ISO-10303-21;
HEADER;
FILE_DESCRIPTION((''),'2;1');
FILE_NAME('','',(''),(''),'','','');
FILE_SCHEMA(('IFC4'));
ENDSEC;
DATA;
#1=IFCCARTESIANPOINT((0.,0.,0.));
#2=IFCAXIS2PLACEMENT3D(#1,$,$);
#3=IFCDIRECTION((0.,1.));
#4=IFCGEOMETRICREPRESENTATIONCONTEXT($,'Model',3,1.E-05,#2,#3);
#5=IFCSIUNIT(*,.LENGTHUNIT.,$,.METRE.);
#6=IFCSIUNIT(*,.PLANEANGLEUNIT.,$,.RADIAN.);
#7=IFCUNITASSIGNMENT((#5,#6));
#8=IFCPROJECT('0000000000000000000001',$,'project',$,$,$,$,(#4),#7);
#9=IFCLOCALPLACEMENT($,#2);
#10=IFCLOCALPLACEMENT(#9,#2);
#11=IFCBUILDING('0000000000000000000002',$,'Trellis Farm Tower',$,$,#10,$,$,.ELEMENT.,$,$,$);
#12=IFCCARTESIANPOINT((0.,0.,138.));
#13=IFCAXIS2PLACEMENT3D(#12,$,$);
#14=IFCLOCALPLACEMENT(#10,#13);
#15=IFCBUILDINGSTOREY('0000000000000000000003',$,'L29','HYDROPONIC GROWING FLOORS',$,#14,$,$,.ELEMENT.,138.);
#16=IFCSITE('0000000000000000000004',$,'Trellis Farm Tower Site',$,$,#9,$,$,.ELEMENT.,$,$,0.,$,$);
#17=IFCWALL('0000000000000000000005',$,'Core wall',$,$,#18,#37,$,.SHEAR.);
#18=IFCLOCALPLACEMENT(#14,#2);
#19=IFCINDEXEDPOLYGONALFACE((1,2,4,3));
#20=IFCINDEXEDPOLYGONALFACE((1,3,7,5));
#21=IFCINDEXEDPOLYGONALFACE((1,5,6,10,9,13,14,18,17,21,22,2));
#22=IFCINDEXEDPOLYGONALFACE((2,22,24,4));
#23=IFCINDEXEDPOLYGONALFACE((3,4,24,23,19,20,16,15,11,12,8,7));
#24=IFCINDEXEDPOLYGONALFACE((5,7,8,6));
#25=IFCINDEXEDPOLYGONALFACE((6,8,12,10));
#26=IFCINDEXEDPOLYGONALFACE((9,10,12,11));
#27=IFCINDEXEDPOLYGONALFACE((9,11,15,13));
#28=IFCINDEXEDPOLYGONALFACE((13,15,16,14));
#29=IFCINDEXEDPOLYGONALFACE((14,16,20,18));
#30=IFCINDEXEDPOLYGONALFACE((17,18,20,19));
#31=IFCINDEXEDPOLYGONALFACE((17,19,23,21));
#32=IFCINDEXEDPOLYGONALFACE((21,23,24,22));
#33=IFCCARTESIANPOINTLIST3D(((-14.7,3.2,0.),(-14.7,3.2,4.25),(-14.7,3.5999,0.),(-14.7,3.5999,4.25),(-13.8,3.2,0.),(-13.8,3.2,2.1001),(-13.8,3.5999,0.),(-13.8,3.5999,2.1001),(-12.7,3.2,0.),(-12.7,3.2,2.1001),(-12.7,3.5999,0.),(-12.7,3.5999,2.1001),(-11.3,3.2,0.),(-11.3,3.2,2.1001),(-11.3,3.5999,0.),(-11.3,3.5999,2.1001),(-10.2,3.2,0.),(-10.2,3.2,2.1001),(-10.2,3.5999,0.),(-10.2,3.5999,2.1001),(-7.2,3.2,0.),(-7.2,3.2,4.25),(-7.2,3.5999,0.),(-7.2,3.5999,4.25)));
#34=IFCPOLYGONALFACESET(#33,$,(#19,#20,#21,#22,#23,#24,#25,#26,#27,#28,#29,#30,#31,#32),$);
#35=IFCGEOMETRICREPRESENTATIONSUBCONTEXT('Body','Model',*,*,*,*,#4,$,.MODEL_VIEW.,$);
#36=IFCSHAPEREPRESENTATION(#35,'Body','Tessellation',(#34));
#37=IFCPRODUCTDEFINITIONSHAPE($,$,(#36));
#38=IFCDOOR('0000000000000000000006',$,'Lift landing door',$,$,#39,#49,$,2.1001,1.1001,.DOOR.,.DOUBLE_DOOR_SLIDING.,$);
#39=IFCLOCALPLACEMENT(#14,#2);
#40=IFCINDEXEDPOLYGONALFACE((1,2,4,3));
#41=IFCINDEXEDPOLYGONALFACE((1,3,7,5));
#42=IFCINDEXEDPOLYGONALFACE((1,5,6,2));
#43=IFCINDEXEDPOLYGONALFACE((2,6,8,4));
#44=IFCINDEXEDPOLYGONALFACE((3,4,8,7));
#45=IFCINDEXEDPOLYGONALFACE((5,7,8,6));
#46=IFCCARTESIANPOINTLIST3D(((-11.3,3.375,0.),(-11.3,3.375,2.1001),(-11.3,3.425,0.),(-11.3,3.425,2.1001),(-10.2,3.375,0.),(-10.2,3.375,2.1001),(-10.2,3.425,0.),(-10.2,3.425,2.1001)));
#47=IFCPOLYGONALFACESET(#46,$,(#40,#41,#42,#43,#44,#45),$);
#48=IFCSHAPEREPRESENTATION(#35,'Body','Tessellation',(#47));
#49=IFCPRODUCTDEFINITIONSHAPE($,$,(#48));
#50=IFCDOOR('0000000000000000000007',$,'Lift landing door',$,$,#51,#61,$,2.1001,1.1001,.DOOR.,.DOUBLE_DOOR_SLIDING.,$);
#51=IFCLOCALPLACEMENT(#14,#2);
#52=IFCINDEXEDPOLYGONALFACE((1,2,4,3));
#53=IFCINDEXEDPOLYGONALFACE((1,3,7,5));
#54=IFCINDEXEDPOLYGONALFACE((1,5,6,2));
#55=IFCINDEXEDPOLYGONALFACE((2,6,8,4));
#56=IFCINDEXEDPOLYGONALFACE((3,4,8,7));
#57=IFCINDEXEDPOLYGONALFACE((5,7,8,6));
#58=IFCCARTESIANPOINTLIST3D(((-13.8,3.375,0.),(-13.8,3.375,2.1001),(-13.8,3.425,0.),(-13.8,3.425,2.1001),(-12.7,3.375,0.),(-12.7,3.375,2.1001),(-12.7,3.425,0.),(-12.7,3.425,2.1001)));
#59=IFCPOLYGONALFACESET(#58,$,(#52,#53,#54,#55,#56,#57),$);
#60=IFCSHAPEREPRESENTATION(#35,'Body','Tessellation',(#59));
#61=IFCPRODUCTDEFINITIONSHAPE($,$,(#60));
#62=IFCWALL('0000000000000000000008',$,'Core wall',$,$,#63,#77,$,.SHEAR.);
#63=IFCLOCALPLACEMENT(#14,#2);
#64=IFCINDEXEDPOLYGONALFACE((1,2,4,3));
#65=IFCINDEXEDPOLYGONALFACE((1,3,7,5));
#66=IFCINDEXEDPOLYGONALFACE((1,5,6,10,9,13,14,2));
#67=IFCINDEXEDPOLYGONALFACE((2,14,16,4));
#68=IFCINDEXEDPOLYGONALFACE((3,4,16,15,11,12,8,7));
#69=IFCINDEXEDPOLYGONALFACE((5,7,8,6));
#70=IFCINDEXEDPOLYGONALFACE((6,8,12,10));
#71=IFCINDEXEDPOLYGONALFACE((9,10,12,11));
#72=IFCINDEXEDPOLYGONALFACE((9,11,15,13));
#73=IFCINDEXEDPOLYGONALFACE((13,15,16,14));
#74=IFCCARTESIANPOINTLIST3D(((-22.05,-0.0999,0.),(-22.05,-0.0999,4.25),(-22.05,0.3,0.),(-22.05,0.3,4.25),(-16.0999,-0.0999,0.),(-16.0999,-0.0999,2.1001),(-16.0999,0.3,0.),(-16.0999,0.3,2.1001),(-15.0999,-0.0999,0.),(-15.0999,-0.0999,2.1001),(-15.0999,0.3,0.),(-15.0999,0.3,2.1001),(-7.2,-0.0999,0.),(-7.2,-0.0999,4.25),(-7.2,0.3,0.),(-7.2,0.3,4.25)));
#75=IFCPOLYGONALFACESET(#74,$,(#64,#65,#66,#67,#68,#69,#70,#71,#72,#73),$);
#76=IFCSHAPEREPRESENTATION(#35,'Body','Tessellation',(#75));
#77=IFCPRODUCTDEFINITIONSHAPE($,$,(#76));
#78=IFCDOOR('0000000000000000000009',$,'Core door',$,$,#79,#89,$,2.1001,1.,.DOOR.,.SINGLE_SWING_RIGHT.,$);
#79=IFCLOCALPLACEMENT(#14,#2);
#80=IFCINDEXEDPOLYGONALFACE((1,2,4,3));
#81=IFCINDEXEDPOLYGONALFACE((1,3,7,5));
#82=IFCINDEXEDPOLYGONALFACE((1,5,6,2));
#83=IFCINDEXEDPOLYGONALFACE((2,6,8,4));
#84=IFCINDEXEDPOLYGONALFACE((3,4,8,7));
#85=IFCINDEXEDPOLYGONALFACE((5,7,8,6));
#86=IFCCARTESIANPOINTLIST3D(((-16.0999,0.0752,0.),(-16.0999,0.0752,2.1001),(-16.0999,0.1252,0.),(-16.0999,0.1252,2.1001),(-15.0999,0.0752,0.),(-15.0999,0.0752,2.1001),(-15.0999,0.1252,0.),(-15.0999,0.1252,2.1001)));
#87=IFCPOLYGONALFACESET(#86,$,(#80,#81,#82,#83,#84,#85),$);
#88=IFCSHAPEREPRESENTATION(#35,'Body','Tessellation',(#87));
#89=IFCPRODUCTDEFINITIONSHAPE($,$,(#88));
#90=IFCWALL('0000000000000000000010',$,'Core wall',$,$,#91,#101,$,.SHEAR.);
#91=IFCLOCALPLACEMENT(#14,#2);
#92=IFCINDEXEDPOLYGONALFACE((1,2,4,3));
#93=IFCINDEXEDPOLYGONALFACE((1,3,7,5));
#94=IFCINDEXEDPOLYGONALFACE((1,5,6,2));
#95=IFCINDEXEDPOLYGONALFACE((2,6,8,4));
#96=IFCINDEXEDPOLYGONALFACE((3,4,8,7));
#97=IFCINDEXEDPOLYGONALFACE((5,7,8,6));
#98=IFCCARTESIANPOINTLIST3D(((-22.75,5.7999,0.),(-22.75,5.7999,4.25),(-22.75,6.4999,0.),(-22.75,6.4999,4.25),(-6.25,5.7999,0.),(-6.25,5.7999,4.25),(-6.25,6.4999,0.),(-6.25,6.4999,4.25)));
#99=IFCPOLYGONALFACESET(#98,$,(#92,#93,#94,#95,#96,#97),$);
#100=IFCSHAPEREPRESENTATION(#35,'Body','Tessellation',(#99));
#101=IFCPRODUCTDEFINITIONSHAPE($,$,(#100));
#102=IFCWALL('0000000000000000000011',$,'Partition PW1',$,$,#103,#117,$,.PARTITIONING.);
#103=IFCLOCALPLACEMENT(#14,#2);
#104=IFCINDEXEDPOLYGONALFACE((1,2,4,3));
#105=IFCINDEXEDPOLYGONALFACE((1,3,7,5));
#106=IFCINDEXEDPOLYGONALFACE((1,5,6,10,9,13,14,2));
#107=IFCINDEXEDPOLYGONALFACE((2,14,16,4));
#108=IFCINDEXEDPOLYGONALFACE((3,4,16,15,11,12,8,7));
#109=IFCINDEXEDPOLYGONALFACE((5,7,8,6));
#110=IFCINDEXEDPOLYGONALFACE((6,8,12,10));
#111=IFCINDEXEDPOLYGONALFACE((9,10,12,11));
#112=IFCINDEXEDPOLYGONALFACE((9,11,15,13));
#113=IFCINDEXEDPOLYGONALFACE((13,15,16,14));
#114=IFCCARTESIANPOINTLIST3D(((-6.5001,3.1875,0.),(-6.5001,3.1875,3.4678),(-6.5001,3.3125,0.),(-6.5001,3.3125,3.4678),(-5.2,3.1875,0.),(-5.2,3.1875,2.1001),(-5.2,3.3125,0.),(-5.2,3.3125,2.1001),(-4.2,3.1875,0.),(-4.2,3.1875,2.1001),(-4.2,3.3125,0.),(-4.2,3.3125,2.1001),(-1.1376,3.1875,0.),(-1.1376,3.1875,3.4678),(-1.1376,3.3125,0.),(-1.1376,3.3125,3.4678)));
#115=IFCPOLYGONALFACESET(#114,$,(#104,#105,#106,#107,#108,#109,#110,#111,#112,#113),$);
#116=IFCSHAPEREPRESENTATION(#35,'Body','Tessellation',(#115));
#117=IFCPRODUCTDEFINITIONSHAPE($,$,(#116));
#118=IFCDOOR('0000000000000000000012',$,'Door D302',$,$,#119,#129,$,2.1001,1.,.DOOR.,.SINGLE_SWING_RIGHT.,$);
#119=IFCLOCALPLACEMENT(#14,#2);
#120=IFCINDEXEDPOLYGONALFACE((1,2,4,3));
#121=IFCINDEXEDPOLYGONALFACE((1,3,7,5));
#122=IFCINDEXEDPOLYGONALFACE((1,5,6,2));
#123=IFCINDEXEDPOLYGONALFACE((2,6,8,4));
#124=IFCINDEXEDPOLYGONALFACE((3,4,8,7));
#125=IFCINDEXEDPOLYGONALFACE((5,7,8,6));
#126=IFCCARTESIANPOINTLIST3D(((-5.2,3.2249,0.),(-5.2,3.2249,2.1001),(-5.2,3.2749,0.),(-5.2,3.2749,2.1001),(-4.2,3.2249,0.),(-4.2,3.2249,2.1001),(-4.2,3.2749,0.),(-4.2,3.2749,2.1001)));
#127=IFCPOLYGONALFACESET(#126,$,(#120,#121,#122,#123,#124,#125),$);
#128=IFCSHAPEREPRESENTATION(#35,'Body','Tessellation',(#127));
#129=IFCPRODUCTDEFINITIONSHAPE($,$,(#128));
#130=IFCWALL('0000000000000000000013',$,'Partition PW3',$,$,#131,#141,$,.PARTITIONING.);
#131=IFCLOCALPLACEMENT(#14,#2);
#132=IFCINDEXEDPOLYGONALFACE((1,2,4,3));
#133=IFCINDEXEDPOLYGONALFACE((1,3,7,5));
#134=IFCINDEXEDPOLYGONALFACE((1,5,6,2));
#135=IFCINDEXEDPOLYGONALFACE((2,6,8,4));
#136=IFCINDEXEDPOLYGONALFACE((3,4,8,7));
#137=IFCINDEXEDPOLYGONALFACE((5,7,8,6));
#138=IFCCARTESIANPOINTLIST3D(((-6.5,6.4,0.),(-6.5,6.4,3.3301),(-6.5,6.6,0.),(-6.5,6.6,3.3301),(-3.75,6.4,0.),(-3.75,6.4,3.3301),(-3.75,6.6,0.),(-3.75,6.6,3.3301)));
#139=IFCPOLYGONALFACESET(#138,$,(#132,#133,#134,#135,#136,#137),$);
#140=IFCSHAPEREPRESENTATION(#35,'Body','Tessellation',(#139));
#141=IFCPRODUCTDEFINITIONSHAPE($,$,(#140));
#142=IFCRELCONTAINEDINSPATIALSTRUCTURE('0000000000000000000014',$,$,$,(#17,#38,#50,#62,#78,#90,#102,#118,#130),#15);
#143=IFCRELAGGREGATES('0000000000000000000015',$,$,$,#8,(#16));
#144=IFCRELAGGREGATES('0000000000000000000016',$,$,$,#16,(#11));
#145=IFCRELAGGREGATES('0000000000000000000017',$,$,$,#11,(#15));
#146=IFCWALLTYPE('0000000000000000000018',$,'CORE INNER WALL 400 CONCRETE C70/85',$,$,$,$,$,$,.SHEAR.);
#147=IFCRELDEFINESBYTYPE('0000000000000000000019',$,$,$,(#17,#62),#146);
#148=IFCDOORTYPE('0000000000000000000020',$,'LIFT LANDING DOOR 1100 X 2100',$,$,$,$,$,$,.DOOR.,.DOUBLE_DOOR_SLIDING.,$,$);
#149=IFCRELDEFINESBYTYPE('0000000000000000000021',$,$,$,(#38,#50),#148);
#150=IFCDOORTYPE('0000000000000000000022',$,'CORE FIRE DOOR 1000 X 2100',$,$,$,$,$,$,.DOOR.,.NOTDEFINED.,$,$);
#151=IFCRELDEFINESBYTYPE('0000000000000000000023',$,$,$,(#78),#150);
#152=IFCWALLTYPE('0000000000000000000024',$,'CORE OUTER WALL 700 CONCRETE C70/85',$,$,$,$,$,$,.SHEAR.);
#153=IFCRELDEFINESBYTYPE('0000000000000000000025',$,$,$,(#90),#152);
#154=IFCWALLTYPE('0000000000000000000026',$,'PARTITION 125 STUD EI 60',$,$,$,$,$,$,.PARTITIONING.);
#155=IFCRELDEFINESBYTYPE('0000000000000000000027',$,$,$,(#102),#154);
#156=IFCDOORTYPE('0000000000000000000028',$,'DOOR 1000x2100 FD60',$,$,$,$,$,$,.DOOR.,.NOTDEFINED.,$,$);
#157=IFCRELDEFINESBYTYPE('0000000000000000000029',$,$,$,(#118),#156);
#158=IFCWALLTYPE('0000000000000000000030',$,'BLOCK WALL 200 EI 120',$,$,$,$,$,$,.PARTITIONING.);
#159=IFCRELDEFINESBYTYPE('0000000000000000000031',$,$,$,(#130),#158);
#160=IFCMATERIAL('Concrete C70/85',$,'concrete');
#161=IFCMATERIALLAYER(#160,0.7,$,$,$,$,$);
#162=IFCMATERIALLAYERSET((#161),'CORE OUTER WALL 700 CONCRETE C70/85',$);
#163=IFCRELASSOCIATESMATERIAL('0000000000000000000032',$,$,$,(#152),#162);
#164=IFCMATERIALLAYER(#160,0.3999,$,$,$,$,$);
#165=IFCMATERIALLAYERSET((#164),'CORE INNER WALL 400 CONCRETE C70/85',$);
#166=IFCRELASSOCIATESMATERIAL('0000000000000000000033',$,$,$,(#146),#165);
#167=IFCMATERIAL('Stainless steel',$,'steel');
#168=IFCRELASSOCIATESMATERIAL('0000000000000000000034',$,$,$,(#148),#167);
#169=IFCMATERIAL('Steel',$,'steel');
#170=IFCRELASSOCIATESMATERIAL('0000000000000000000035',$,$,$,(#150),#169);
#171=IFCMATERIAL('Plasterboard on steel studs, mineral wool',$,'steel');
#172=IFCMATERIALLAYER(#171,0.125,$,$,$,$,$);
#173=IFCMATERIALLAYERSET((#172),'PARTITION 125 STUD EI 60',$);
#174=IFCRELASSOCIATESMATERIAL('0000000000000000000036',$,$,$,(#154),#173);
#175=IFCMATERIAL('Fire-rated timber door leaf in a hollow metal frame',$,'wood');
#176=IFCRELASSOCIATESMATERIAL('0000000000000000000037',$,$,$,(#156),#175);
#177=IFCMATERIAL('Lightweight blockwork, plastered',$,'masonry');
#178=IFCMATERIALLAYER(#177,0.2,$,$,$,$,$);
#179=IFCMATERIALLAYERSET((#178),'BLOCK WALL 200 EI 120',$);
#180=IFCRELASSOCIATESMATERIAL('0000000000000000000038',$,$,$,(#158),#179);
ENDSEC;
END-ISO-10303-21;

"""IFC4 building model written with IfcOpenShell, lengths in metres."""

from ifc_helpers import new_model, si_unit, direction, frame, frame_2d, origin, place, context, subcontext, project, spatial, rectangle, extrude, source, transform, mapped, material, layer, layer_set, type_object, element, fill, save


model = new_model("IFC4")

# Units and contexts
model_context = context("Model", 3, precision=1e-05, world=origin(), true_north=direction((0.0, 1.0)))
body_context = subcontext(model_context, "Body", "Model", "MODEL_VIEW")
ifc_project = project(units=[si_unit("LENGTHUNIT", "METRE"), si_unit("PLANEANGLEUNIT", "RADIAN")], contexts=[model_context])

# Site, building, storey
site_placement = place(None, origin())
site = spatial("IfcSite", under=ifc_project, at=site_placement, Name="Trellis Farm Tower Site", CompositionType="ELEMENT", RefElevation=0.0)
building_placement = place(site_placement, origin())
building = spatial("IfcBuilding", under=site, at=building_placement, Name="Trellis Farm Tower", CompositionType="ELEMENT")
storey_placement = place(building_placement, frame((0.0, 0.0, 138.0)))
storey = spatial("IfcBuildingStorey", under=building, at=storey_placement, Name="L29", Description="HYDROPONIC GROWING FLOORS", CompositionType="ELEMENT", Elevation=138.0)

# Shared definitions
ifc_material_1 = material(Name="Concrete C70/85", Category="concrete")
ifc_layer_1 = layer(ifc_material_1, 0.7)
ifc_layer_set_1 = layer_set([ifc_layer_1], Name="CORE OUTER WALL 700 CONCRETE C70/85")
wall_type_1 = type_object("IfcWallType", Name="CORE OUTER WALL 700 CONCRETE C70/85", PredefinedType="SHEAR", material=ifc_layer_set_1)
ifc_material_2 = material(Name="Steel", Category="steel")

# Shared definitions
ifc_layer_2 = layer(ifc_material_1, 0.3999)
ifc_layer_set_2 = layer_set([ifc_layer_2], Name="CORE INNER WALL 400 CONCRETE C70/85")
wall_type_2 = type_object("IfcWallType", Name="CORE INNER WALL 400 CONCRETE C70/85", PredefinedType="SHEAR", material=ifc_layer_set_2)

# Wall, openings, doors
shared_shape_1 = source(origin(), body_context, "Body", "SweptSolid", [
    extrude(rectangle(XDim=7.5, YDim=0.3999, at=frame_2d((3.75, 0.0))), origin(), (0.0, 0.0, 1.0), 4.25),
])
wall_1_placement = place(storey_placement, frame((-7.2, 3.3999, 0.0), z_axis=(0.0, 0.0, 1.0), x_axis=(-1.0, 0.0, 0.0)))
wall_1 = element("IfcWall", 1, at=wall_1_placement, inside=storey, type_object=wall_type_2, Name="Core wall", PredefinedType="SHEAR", context=body_context, shape_type="MappedRepresentation", body=[
    mapped(shared_shape_1, transform((0.0, 0.0, 0.0))),
])
shared_shape_2 = source(origin(), body_context, "Body", "SweptSolid", [
    extrude(rectangle(XDim=1.1001, YDim=2.1001, at=frame_2d((0.55, 1.05))), frame((0.0, 0.21, 0.0), z_axis=(0.0, -1.0, 0.0), x_axis=(1.0, 0.0, 0.0)), (0.0, 0.0, 1.0), 0.4199),
])
opening_1_placement = place(wall_1_placement, frame((3.0, 0.0, 0.0)))
opening_1 = element("IfcOpeningElement", 2, at=opening_1_placement, cuts=wall_1, PredefinedType="OPENING", context=body_context, shape_type="MappedRepresentation", body=[
    mapped(shared_shape_2, transform((0.0, 0.0, 0.0))),
])
opening_2_placement = place(wall_1_placement, frame((5.5, 0.0, 0.0)))
opening_2 = element("IfcOpeningElement", 3, at=opening_2_placement, cuts=wall_1, PredefinedType="OPENING", context=body_context, shape_type="MappedRepresentation", body=[
    mapped(shared_shape_2, transform((0.0, 0.0, 0.0))),
])
ifc_material_3 = material(Name="Stainless steel", Category="steel")
door_type_1 = type_object("IfcDoorType", Name="LIFT LANDING DOOR 1100 X 2100", OperationType="DOUBLE_DOOR_SLIDING", PredefinedType="DOOR", material=ifc_material_3)
shared_shape_3 = source(origin(), body_context, "Body", "SweptSolid", [
    extrude(rectangle(XDim=1.1001, YDim=2.1001, at=frame_2d((0.55, 1.05))), frame((0.0, 0.0249, 0.0), z_axis=(0.0, -1.0, 0.0), x_axis=(1.0, 0.0, 0.0)), (0.0, 0.0, 1.0), 0.05),
])
door_1_placement = place(opening_1_placement, origin())
door_1 = element("IfcDoor", 4, at=door_1_placement, inside=storey, type_object=door_type_1, Name="Lift landing door", OperationType="DOUBLE_DOOR_SLIDING", OverallHeight=2.1001, OverallWidth=1.1001, PredefinedType="DOOR", context=body_context, shape_type="MappedRepresentation", body=[
    mapped(shared_shape_3, transform((0.0, 0.0, 0.0))),
])
fill(opening_1, door_1)
door_2_placement = place(opening_2_placement, origin())
door_2 = element("IfcDoor", 5, at=door_2_placement, inside=storey, type_object=door_type_1, Name="Lift landing door", OperationType="DOUBLE_DOOR_SLIDING", OverallHeight=2.1001, OverallWidth=1.1001, PredefinedType="DOOR", context=body_context, shape_type="MappedRepresentation", body=[
    mapped(shared_shape_3, transform((0.0, 0.0, 0.0))),
])
fill(opening_2, door_2)

# Wall, opening, door
shared_shape_4 = source(origin(), body_context, "Body", "SweptSolid", [
    extrude(rectangle(XDim=14.8501, YDim=0.3999, at=frame_2d((7.425, 0.0))), origin(), (0.0, 0.0, 1.0), 4.25),
])
wall_2_placement = place(storey_placement, frame((-7.2, 0.1001, 0.0), z_axis=(0.0, 0.0, 1.0), x_axis=(-1.0, 0.0, 0.0)))
wall_2 = element("IfcWall", 6, at=wall_2_placement, inside=storey, type_object=wall_type_2, Name="Core wall", PredefinedType="SHEAR", context=body_context, shape_type="MappedRepresentation", body=[
    mapped(shared_shape_4, transform((0.0, 0.0, 0.0))),
])
shared_shape_5 = source(origin(), body_context, "Body", "SweptSolid", [
    extrude(rectangle(XDim=1.0, YDim=2.1001, at=frame_2d((0.5, 1.05))), frame((0.0, 0.21, 0.0), z_axis=(0.0, -1.0, 0.0), x_axis=(1.0, 0.0, 0.0)), (0.0, 0.0, 1.0), 0.4199),
])
opening_3_placement = place(wall_2_placement, frame((7.8999, 0.0, 0.0)))
opening_3 = element("IfcOpeningElement", 7, at=opening_3_placement, cuts=wall_2, PredefinedType="OPENING", context=body_context, shape_type="MappedRepresentation", body=[
    mapped(shared_shape_5, transform((0.0, 0.0, 0.0))),
])
door_type_2 = type_object("IfcDoorType", Name="CORE FIRE DOOR 1000 X 2100", OperationType="NOTDEFINED", PredefinedType="DOOR", material=ifc_material_2)
shared_shape_6 = source(origin(), body_context, "Body", "SweptSolid", [
    extrude(rectangle(XDim=1.0, YDim=2.1001, at=frame_2d((0.5, 1.05))), frame((0.0, 0.0249, 0.0), z_axis=(0.0, -1.0, 0.0), x_axis=(1.0, 0.0, 0.0)), (0.0, 0.0, 1.0), 0.05),
])
door_3_placement = place(opening_3_placement, origin())
door_3 = element("IfcDoor", 8, at=door_3_placement, inside=storey, type_object=door_type_2, Name="Core door", OperationType="SINGLE_SWING_RIGHT", OverallHeight=2.1001, OverallWidth=1.0, PredefinedType="DOOR", context=body_context, shape_type="MappedRepresentation", body=[
    mapped(shared_shape_6, transform((0.0, 0.0, 0.0))),
])
fill(opening_3, door_3)

# Wall
shared_shape_7 = source(origin(), body_context, "Body", "SweptSolid", [
    extrude(rectangle(XDim=16.5, YDim=0.7, at=frame_2d((8.25, 0.0))), origin(), (0.0, 0.0, 1.0), 4.25),
])
wall_3_placement = place(storey_placement, frame((-6.25, 6.1499, 0.0), z_axis=(0.0, 0.0, 1.0), x_axis=(-1.0, 0.0, 0.0)))
element("IfcWall", 9, at=wall_3_placement, inside=storey, type_object=wall_type_1, Name="Core wall", PredefinedType="SHEAR", context=body_context, shape_type="MappedRepresentation", body=[
    mapped(shared_shape_7, transform((0.0, 0.0, 0.0))),
])

# Wall, opening, door
ifc_material_4 = material(Name="Plasterboard on steel studs, mineral wool", Category="steel")
ifc_layer_3 = layer(ifc_material_4, 0.125)
ifc_layer_set_3 = layer_set([ifc_layer_3], Name="PARTITION 125 STUD EI 60")
wall_type_3 = type_object("IfcWallType", Name="PARTITION 125 STUD EI 60", PredefinedType="PARTITIONING", material=ifc_layer_set_3)
shared_shape_8 = source(origin(), body_context, "Body", "SweptSolid", [
    extrude(rectangle(XDim=5.3625, YDim=0.125, at=frame_2d((2.6812, 0.0))), origin(), (0.0, 0.0, 1.0), 3.4678),
])
wall_4_placement = place(storey_placement, frame((-6.5, 3.25, 0.0), z_axis=(0.0, 0.0, 1.0), x_axis=(1.0, 0.0, 0.0)))
wall_4 = element("IfcWall", 10, at=wall_4_placement, inside=storey, type_object=wall_type_3, Name="Partition PW1", PredefinedType="PARTITIONING", context=body_context, shape_type="MappedRepresentation", body=[
    mapped(shared_shape_8, transform((0.0, 0.0, 0.0))),
])
shared_shape_9 = source(origin(), body_context, "Body", "SweptSolid", [
    extrude(rectangle(XDim=1.0, YDim=2.1001, at=frame_2d((0.5, 1.05))), frame((0.0, 0.0725, 0.0), z_axis=(0.0, -1.0, 0.0), x_axis=(1.0, 0.0, 0.0)), (0.0, 0.0, 1.0), 0.145),
])
opening_4_placement = place(wall_4_placement, frame((1.3, 0.0, 0.0)))
opening_4 = element("IfcOpeningElement", 11, at=opening_4_placement, cuts=wall_4, PredefinedType="OPENING", context=body_context, shape_type="MappedRepresentation", body=[
    mapped(shared_shape_9, transform((0.0, 0.0, 0.0))),
])
ifc_material_5 = material(Name="Fire-rated timber door leaf in a hollow metal frame", Category="wood")
door_type_3 = type_object("IfcDoorType", Name="DOOR 1000x2100 FD60", OperationType="NOTDEFINED", PredefinedType="DOOR", material=ifc_material_5)
door_4_placement = place(opening_4_placement, origin())
door_4 = element("IfcDoor", 12, at=door_4_placement, inside=storey, type_object=door_type_3, Name="Door D302", OperationType="SINGLE_SWING_RIGHT", OverallHeight=2.1001, OverallWidth=1.0, PredefinedType="DOOR", context=body_context, shape_type="MappedRepresentation", body=[
    mapped(shared_shape_6, transform((0.0, 0.0, 0.0))),
])
fill(opening_4, door_4)

# Wall
ifc_material_6 = material(Name="Lightweight blockwork, plastered", Category="masonry")
ifc_layer_4 = layer(ifc_material_6, 0.2)
ifc_layer_set_4 = layer_set([ifc_layer_4], Name="BLOCK WALL 200 EI 120")
wall_type_4 = type_object("IfcWallType", Name="BLOCK WALL 200 EI 120", PredefinedType="PARTITIONING", material=ifc_layer_set_4)
shared_shape_10 = source(origin(), body_context, "Body", "SweptSolid", [
    extrude(rectangle(XDim=2.75, YDim=0.2, at=frame_2d((1.375, 0.0))), origin(), (0.0, 0.0, 1.0), 3.3301),
])
wall_5_placement = place(storey_placement, frame((-6.5, 6.5, 0.0), z_axis=(0.0, 0.0, 1.0), x_axis=(1.0, 0.0, 0.0)))
element("IfcWall", 13, at=wall_5_placement, inside=storey, type_object=wall_type_4, Name="Partition PW3", PredefinedType="PARTITIONING", context=body_context, shape_type="MappedRepresentation", body=[
    mapped(shared_shape_10, transform((0.0, 0.0, 0.0))),
])

save(model, "model.ifc")
